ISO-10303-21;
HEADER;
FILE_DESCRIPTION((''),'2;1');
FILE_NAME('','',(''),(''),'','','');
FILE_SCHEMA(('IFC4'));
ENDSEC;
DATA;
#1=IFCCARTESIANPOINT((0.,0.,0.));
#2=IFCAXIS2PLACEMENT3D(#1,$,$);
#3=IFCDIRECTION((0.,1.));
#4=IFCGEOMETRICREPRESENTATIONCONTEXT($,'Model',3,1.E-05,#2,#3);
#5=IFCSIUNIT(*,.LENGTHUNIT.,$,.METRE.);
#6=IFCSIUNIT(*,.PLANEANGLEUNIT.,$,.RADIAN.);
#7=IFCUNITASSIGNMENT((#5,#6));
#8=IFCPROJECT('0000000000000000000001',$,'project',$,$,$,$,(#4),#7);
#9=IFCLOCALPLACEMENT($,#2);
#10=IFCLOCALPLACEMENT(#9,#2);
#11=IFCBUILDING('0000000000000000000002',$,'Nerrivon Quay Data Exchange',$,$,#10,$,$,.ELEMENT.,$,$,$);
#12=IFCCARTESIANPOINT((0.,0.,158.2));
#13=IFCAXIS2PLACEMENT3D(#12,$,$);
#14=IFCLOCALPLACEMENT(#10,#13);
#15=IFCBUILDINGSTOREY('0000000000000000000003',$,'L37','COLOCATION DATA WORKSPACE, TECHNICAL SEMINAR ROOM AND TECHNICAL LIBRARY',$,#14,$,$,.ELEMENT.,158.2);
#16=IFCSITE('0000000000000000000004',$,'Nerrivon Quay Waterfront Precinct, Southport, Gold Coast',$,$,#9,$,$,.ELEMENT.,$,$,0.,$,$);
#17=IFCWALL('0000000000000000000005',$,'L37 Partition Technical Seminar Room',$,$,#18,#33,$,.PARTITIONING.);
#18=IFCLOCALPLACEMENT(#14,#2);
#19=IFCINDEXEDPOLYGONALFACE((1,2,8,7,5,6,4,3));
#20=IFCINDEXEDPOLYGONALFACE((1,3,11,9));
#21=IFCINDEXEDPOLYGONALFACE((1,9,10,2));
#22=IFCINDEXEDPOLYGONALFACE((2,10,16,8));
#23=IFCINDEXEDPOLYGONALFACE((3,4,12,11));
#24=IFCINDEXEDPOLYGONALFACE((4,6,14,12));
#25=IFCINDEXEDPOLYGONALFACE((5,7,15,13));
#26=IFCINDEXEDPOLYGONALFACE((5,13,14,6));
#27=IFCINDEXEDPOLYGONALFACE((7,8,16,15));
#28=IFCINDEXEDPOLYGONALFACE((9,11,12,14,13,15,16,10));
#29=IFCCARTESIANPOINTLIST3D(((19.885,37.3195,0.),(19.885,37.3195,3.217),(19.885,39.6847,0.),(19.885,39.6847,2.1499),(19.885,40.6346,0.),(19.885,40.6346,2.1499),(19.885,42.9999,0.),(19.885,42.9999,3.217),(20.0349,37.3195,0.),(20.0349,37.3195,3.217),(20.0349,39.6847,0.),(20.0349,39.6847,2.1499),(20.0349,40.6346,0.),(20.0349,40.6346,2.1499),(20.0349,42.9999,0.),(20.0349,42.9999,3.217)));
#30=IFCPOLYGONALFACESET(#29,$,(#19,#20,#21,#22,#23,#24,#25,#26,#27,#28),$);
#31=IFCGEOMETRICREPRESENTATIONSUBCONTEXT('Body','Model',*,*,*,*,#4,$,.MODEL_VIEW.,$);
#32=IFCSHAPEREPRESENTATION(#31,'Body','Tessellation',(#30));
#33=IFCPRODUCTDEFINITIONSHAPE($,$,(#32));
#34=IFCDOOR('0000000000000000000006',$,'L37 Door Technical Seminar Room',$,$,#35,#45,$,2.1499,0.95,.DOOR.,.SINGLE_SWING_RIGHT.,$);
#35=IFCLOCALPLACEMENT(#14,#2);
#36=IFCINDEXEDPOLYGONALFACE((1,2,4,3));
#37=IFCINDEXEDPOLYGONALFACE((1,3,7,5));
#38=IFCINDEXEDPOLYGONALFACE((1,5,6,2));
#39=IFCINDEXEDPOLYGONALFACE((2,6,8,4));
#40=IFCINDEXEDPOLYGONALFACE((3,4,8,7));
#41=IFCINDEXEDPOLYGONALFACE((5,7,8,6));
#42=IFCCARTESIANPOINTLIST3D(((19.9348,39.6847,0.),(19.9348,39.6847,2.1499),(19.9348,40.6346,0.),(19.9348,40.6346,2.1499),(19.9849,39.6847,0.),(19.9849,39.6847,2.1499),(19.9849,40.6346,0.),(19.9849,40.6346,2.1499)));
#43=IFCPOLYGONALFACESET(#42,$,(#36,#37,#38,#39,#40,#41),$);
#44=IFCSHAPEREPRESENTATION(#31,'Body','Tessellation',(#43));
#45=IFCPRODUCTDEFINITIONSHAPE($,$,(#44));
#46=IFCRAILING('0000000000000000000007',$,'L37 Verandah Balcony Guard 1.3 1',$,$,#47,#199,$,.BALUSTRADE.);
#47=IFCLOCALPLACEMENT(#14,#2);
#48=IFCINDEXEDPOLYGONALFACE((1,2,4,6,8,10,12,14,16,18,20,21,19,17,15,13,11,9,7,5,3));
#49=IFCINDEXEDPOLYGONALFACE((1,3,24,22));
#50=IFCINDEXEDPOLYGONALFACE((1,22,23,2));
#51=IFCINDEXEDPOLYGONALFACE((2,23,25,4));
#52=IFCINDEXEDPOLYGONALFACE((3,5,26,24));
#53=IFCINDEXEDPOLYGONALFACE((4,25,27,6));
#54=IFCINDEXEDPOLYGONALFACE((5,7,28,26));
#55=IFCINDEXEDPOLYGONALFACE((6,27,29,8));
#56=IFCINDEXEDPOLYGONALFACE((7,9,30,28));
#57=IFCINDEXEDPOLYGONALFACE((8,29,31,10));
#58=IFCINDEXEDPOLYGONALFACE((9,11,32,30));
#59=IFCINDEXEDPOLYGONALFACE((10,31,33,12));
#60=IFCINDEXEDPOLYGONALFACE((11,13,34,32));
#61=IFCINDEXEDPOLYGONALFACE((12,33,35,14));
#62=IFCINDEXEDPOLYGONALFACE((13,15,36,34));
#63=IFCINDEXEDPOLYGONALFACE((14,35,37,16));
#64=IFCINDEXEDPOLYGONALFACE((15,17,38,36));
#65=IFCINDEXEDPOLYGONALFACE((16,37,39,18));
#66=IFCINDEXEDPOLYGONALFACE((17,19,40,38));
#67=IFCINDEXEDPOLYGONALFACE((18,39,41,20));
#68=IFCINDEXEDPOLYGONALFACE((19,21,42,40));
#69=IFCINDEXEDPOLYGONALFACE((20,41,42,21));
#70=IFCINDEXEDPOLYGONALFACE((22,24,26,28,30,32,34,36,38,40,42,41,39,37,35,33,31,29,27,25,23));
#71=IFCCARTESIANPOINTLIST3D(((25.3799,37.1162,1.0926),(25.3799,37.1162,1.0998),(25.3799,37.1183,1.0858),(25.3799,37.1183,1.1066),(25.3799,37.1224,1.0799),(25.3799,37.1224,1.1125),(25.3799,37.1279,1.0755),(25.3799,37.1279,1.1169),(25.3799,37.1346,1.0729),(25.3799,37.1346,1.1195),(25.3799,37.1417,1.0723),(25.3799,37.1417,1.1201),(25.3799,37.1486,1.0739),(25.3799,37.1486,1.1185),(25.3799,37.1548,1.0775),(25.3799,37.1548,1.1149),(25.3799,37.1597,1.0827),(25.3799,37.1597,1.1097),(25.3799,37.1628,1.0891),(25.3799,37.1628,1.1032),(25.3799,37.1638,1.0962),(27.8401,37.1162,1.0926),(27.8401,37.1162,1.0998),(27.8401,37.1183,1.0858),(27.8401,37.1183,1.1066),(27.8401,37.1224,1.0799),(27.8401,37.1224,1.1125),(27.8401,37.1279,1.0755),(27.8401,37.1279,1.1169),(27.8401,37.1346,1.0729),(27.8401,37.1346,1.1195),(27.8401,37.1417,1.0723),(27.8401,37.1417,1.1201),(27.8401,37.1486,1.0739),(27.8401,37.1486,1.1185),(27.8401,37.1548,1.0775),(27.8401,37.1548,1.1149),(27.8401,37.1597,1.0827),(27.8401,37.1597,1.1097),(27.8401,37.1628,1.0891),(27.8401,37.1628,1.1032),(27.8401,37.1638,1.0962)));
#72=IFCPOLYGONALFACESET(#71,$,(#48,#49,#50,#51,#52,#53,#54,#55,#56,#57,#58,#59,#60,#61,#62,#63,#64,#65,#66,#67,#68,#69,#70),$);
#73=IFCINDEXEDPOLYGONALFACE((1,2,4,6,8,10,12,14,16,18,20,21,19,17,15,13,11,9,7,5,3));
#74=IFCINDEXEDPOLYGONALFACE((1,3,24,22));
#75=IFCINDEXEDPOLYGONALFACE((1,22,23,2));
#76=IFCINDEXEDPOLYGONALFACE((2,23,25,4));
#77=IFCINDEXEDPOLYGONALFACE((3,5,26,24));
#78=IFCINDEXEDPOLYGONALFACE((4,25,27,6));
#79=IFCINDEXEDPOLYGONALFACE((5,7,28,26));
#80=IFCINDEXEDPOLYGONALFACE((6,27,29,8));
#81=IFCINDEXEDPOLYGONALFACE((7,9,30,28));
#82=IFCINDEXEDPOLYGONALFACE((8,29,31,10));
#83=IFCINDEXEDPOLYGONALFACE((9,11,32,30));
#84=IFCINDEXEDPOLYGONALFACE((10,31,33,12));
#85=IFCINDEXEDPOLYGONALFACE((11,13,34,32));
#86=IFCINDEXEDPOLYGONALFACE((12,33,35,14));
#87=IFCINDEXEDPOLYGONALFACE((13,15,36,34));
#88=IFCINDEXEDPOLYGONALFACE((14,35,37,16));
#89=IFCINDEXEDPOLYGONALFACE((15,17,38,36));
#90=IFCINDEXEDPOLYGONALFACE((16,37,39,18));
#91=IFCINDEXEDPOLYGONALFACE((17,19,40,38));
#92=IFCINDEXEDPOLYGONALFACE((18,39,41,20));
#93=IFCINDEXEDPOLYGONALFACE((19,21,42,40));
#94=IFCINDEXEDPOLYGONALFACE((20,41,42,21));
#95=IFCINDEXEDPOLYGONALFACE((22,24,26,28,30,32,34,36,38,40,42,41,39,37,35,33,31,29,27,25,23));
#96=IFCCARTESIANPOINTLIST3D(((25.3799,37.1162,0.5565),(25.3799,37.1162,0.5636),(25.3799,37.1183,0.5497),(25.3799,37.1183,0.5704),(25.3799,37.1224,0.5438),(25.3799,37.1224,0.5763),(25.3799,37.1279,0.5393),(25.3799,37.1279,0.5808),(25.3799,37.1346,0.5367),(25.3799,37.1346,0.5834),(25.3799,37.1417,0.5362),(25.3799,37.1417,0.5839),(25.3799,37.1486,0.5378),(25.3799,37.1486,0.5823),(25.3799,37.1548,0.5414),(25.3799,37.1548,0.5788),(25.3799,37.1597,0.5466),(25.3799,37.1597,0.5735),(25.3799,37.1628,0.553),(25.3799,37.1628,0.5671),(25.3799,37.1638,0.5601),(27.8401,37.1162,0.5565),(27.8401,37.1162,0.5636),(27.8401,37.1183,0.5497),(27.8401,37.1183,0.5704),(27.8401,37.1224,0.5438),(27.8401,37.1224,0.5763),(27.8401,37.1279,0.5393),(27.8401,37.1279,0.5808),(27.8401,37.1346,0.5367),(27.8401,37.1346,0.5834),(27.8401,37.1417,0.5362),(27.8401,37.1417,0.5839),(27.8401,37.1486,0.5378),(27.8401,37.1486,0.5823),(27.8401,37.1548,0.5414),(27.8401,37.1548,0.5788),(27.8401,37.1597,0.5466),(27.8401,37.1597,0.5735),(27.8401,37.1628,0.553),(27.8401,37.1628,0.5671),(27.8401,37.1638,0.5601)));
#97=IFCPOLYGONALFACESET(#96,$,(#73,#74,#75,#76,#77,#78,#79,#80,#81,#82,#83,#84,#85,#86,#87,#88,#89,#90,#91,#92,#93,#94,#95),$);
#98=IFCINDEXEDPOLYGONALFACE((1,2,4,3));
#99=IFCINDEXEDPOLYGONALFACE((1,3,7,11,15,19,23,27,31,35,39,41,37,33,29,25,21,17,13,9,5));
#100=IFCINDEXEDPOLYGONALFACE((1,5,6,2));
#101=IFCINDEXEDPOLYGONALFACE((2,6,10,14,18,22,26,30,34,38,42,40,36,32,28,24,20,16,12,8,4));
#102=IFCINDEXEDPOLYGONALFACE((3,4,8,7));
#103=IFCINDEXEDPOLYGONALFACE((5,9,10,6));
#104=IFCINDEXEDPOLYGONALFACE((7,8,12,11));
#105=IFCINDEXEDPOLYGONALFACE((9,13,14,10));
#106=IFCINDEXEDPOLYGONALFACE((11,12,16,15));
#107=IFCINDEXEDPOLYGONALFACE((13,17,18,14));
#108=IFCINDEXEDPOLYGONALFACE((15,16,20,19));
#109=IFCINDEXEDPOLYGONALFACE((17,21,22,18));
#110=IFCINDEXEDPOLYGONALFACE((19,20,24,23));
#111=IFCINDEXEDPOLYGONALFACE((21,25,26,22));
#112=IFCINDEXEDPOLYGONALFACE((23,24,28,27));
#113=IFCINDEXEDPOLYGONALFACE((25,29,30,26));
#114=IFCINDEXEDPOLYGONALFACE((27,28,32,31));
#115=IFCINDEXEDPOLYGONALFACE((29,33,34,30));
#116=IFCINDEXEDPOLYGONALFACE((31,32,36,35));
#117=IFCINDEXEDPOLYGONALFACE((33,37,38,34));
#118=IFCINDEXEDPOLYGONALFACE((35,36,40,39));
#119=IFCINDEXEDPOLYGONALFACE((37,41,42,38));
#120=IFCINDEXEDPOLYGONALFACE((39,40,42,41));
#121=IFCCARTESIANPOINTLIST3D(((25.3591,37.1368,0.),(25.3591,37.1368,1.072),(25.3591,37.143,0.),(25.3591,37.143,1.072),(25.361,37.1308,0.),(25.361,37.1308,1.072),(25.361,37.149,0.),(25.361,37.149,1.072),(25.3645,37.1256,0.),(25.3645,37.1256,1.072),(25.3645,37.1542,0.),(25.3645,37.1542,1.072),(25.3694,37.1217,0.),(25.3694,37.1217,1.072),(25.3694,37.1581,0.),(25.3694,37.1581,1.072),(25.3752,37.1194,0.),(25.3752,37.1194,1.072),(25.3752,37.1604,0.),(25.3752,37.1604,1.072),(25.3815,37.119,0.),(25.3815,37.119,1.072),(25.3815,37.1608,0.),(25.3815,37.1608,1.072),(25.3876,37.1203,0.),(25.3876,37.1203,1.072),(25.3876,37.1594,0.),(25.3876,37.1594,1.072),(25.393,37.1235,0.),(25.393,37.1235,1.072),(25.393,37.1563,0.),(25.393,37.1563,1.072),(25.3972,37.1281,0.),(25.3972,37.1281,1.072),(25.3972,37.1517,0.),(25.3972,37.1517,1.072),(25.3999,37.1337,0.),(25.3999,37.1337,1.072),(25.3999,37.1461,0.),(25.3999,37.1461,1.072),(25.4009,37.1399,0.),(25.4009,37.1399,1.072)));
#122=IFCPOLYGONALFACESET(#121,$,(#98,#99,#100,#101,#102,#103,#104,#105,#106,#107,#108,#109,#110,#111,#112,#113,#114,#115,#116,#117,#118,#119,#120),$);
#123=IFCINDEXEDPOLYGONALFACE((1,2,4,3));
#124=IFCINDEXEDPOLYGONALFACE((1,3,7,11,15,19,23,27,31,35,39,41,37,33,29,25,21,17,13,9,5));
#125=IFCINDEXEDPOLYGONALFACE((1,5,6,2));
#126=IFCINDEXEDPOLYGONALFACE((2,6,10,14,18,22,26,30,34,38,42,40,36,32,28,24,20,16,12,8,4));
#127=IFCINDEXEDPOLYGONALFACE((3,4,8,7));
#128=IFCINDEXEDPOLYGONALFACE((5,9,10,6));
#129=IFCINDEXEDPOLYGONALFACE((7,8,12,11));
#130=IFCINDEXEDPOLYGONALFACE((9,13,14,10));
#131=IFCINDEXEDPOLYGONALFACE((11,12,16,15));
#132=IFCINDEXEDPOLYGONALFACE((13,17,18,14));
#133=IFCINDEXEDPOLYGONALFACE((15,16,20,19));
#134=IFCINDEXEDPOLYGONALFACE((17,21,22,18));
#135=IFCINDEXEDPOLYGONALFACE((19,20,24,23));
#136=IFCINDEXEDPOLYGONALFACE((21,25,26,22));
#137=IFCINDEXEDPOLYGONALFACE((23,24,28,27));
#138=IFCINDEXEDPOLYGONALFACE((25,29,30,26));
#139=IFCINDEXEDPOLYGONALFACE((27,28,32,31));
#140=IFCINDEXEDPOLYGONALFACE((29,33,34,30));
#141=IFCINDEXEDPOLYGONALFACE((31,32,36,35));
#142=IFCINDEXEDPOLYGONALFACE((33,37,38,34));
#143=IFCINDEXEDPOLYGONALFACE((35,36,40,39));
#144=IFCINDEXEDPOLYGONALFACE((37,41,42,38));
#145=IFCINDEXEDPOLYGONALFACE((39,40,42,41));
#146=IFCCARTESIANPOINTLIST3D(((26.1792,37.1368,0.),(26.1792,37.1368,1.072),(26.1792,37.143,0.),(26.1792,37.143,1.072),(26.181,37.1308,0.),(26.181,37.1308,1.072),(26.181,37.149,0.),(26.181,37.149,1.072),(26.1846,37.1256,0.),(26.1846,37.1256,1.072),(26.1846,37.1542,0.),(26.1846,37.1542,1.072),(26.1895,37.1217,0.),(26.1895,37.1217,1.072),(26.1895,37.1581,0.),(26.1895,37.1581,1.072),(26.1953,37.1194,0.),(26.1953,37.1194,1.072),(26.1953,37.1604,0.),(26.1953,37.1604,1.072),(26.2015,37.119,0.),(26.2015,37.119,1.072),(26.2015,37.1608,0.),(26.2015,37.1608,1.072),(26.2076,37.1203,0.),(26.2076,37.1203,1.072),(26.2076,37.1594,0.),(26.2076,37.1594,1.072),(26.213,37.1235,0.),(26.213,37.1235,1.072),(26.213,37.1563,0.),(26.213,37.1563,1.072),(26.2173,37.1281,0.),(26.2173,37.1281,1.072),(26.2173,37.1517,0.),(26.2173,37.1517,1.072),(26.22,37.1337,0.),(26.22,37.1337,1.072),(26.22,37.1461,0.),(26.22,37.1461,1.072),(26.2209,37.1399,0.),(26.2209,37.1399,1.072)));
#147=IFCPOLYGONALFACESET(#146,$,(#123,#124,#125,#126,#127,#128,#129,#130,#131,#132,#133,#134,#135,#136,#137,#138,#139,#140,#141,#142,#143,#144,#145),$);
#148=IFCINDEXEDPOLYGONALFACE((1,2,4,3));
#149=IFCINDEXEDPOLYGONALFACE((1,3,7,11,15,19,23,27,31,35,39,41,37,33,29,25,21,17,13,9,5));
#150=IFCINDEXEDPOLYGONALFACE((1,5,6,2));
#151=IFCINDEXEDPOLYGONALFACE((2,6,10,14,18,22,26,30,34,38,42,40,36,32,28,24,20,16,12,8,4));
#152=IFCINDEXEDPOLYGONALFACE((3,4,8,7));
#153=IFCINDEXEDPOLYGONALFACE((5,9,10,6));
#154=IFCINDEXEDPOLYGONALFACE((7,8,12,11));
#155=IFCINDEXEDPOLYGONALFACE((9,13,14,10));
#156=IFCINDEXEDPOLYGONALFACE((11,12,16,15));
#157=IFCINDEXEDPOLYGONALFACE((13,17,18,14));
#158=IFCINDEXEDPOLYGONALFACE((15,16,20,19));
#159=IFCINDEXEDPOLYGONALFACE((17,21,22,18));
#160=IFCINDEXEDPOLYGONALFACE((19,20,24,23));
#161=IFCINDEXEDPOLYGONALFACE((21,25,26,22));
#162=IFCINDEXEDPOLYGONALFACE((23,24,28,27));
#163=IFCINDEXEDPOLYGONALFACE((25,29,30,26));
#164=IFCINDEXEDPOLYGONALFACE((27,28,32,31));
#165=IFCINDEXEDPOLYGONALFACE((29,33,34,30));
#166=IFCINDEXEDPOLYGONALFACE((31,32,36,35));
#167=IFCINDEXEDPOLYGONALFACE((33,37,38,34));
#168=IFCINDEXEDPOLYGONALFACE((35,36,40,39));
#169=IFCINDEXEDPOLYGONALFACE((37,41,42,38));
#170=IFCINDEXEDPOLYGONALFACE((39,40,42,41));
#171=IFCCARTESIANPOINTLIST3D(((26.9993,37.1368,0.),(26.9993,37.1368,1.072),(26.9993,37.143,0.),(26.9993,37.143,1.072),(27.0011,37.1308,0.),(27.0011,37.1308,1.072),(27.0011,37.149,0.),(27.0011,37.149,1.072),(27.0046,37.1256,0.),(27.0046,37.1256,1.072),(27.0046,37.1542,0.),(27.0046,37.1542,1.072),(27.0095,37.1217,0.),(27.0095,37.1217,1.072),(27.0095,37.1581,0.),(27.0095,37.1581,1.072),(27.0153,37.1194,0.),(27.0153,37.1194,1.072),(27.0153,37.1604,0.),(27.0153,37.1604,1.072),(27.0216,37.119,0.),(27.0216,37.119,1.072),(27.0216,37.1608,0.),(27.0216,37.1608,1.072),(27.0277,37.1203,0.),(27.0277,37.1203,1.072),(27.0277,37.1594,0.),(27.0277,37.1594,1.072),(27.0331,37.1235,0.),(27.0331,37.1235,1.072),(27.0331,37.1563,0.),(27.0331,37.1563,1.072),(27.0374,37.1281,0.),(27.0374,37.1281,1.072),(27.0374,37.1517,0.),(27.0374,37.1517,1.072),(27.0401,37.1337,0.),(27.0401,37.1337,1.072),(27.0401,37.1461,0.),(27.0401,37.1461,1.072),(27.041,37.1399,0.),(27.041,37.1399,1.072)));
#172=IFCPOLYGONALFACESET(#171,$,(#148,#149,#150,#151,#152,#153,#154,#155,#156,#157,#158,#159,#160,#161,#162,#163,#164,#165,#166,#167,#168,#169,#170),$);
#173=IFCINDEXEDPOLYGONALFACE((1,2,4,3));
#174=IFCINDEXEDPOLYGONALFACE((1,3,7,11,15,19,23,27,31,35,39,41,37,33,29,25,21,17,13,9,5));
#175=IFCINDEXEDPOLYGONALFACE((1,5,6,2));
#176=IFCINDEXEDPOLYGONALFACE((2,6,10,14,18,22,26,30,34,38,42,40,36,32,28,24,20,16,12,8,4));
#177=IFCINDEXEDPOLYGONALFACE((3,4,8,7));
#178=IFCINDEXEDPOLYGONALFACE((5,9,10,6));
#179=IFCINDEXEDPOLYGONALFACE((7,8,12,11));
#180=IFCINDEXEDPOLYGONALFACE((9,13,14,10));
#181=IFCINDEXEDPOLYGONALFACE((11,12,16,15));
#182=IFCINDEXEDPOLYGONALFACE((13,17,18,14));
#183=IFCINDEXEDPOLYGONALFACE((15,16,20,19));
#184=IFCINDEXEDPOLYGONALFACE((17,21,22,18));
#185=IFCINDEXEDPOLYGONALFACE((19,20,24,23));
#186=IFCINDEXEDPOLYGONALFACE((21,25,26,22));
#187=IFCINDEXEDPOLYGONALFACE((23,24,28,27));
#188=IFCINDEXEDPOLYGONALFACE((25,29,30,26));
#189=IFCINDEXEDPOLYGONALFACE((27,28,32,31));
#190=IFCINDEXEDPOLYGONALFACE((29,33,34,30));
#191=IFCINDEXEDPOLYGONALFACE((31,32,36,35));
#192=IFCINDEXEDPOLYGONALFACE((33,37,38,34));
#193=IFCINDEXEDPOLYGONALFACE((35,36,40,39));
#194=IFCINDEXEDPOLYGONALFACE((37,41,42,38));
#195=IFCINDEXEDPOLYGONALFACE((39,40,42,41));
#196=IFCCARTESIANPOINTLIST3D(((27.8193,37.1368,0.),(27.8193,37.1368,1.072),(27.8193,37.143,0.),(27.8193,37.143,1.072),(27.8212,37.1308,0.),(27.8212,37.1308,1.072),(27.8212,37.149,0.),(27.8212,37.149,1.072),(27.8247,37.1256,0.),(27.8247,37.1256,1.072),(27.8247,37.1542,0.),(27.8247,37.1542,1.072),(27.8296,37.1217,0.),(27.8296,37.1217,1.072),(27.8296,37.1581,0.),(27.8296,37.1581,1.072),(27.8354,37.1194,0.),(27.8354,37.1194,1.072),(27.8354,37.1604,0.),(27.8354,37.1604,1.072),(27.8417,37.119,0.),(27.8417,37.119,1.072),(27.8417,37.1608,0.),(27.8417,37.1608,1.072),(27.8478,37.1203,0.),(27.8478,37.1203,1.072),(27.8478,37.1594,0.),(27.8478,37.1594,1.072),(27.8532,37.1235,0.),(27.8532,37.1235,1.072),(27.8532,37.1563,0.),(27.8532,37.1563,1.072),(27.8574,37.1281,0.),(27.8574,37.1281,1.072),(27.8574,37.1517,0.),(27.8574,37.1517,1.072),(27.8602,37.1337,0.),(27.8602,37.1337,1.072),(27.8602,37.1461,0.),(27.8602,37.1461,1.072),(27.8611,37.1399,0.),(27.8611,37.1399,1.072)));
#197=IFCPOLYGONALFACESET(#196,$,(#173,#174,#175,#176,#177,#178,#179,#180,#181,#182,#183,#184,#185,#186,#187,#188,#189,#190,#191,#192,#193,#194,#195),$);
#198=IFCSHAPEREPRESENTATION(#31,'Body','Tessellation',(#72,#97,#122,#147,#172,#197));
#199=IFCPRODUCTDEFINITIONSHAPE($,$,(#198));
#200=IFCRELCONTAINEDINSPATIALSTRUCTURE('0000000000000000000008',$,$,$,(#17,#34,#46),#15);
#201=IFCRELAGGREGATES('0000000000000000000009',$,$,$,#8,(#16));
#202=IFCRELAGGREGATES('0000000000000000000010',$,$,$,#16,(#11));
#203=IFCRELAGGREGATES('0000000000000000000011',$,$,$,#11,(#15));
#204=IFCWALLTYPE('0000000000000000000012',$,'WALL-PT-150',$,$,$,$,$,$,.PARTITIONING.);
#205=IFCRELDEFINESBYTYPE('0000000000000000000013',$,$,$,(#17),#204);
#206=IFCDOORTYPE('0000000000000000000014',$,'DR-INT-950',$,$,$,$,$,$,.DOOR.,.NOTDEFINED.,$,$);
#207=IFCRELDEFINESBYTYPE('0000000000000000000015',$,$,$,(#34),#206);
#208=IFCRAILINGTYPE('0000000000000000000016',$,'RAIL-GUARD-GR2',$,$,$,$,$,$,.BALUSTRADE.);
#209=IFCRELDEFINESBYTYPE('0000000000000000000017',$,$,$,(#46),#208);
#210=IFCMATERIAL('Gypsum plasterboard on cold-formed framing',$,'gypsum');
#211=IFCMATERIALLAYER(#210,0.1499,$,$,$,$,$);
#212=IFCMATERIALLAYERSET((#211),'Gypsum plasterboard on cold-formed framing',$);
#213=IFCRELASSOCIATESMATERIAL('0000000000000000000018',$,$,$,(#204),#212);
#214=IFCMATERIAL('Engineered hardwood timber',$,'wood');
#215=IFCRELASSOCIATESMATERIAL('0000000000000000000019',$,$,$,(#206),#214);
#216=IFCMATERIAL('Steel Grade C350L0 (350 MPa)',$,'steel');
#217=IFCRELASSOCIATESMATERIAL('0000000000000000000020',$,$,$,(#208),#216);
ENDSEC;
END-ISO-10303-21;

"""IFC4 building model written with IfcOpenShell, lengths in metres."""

from ifc_helpers import new_model, si_unit, direction, frame, frame_2d, origin, origin_2d, place, context, subcontext, project, spatial, rectangle, circle, extrude, material, layer, layer_set, type_object, element, fill, save


model = new_model("IFC4")

# Units and contexts
model_context = context("Model", 3, precision=1e-05, world=origin(), true_north=direction((0.0, 1.0)))
body_context = subcontext(model_context, "Body", "Model", "MODEL_VIEW")
ifc_project = project(units=[si_unit("LENGTHUNIT", "METRE"), si_unit("PLANEANGLEUNIT", "RADIAN")], contexts=[model_context])

# Site, building, storey
site_placement = place(None, origin())
site = spatial("IfcSite", under=ifc_project, at=site_placement, Name="Nerrivon Quay Waterfront Precinct, Southport, Gold Coast", CompositionType="ELEMENT", RefElevation=0.0)
building_placement = place(site_placement, origin())
building = spatial("IfcBuilding", under=site, at=building_placement, Name="Nerrivon Quay Data Exchange", CompositionType="ELEMENT")
storey_placement = place(building_placement, frame((0.0, 0.0, 158.2)))
storey = spatial("IfcBuildingStorey", under=building, at=storey_placement, Name="L37", Description="COLOCATION DATA WORKSPACE, TECHNICAL SEMINAR ROOM AND TECHNICAL LIBRARY", CompositionType="ELEMENT", Elevation=158.2)

# Shared definitions
ifc_material_1 = material(Name="Gypsum plasterboard on cold-formed framing", Category="gypsum")

# Shared definitions
ifc_layer_1 = layer(ifc_material_1, 0.1499)
ifc_layer_set_1 = layer_set([ifc_layer_1], Name="Gypsum plasterboard on cold-formed framing")
wall_type_1 = type_object("IfcWallType", Name="WALL-PT-150", PredefinedType="PARTITIONING", material=ifc_layer_set_1)
ifc_material_2 = material(Name="Engineered hardwood timber", Category="wood")
door_type_1 = type_object("IfcDoorType", Name="DR-INT-950", OperationType="NOTDEFINED", PredefinedType="DOOR", material=ifc_material_2)

# Wall, opening, door
wall_1_placement = place(storey_placement, frame((19.96, 43.0, 0.0), z_axis=(0.0, 0.0, 1.0), x_axis=(0.0, -1.0, 0.0)))
wall_1 = element("IfcWall", 1, at=wall_1_placement, inside=storey, type_object=wall_type_1, Name="L37 Partition Technical Seminar Room", PredefinedType="PARTITIONING", context=body_context, shape_type="SweptSolid", body=[
    extrude(rectangle(XDim=5.6804, YDim=0.1499, at=frame_2d((2.8403, 0.0))), origin(), (0.0, 0.0, 1.0), 3.217),
])
opening_1_placement = place(wall_1_placement, frame((2.3652, 0.0, 0.0)))
opening_1 = element("IfcOpeningElement", 2, at=opening_1_placement, cuts=wall_1, PredefinedType="OPENING", context=body_context, shape_type="SweptSolid", body=[
    extrude(rectangle(XDim=0.95, YDim=2.1499, at=frame_2d((0.4751, 1.075))), frame((0.0, 0.085, 0.0), z_axis=(0.0, -1.0, 0.0), x_axis=(1.0, 0.0, 0.0)), (0.0, 0.0, 1.0), 0.1699),
])
door_1_placement = place(opening_1_placement, origin())
door_1 = element("IfcDoor", 3, at=door_1_placement, inside=storey, type_object=door_type_1, Name="L37 Door Technical Seminar Room", OperationType="SINGLE_SWING_RIGHT", OverallHeight=2.1499, OverallWidth=0.95, PredefinedType="DOOR", context=body_context, shape_type="SweptSolid", body=[
    extrude(rectangle(XDim=0.95, YDim=2.1499, at=frame_2d((0.4751, 1.075))), frame((0.0, 0.0249, 0.0), z_axis=(0.0, -1.0, 0.0), x_axis=(1.0, 0.0, 0.0)), (0.0, 0.0, 1.0), 0.05),
])
fill(opening_1, door_1)

# Railing
ifc_material_3 = material(Name="Steel Grade C350L0 (350 MPa)", Category="steel")
railing_type = type_object("IfcRailingType", Name="RAIL-GUARD-GR2", PredefinedType="BALUSTRADE", material=ifc_material_3)
railing_1_placement = place(storey_placement, frame((25.3799, 37.1399, 0.0)))
element("IfcRailing", 4, at=railing_1_placement, inside=storey, type_object=railing_type, Name="L37 Verandah Balcony Guard 1.3 1", PredefinedType="BALUSTRADE", context=body_context, shape_type="SweptSolid", body=[
    extrude(circle(Radius=0.0239, at=origin_2d()), frame((0.0, 0.0, 1.0962), z_axis=(1.0, 0.0, 0.0), x_axis=(0.0, 1.0, 0.0)), (0.0, 0.0, 1.0), 2.4602),
    extrude(circle(Radius=0.0239, at=origin_2d()), frame((0.0, 0.0, 0.5601), z_axis=(1.0, 0.0, 0.0), x_axis=(0.0, 1.0, 0.0)), (0.0, 0.0, 1.0), 2.4602),
    extrude(circle(Radius=0.021, at=origin_2d()), origin(), (0.0, 0.0, 1.0), 1.072),
    extrude(circle(Radius=0.021, at=origin_2d()), frame((0.8201, 0.0, 0.0)), (0.0, 0.0, 1.0), 1.072),
    extrude(circle(Radius=0.021, at=origin_2d()), frame((1.6401, 0.0, 0.0)), (0.0, 0.0, 1.0), 1.072),
    extrude(circle(Radius=0.021, at=origin_2d()), frame((2.4602, 0.0, 0.0)), (0.0, 0.0, 1.0), 1.072),
])

save(model, "model.ifc")
